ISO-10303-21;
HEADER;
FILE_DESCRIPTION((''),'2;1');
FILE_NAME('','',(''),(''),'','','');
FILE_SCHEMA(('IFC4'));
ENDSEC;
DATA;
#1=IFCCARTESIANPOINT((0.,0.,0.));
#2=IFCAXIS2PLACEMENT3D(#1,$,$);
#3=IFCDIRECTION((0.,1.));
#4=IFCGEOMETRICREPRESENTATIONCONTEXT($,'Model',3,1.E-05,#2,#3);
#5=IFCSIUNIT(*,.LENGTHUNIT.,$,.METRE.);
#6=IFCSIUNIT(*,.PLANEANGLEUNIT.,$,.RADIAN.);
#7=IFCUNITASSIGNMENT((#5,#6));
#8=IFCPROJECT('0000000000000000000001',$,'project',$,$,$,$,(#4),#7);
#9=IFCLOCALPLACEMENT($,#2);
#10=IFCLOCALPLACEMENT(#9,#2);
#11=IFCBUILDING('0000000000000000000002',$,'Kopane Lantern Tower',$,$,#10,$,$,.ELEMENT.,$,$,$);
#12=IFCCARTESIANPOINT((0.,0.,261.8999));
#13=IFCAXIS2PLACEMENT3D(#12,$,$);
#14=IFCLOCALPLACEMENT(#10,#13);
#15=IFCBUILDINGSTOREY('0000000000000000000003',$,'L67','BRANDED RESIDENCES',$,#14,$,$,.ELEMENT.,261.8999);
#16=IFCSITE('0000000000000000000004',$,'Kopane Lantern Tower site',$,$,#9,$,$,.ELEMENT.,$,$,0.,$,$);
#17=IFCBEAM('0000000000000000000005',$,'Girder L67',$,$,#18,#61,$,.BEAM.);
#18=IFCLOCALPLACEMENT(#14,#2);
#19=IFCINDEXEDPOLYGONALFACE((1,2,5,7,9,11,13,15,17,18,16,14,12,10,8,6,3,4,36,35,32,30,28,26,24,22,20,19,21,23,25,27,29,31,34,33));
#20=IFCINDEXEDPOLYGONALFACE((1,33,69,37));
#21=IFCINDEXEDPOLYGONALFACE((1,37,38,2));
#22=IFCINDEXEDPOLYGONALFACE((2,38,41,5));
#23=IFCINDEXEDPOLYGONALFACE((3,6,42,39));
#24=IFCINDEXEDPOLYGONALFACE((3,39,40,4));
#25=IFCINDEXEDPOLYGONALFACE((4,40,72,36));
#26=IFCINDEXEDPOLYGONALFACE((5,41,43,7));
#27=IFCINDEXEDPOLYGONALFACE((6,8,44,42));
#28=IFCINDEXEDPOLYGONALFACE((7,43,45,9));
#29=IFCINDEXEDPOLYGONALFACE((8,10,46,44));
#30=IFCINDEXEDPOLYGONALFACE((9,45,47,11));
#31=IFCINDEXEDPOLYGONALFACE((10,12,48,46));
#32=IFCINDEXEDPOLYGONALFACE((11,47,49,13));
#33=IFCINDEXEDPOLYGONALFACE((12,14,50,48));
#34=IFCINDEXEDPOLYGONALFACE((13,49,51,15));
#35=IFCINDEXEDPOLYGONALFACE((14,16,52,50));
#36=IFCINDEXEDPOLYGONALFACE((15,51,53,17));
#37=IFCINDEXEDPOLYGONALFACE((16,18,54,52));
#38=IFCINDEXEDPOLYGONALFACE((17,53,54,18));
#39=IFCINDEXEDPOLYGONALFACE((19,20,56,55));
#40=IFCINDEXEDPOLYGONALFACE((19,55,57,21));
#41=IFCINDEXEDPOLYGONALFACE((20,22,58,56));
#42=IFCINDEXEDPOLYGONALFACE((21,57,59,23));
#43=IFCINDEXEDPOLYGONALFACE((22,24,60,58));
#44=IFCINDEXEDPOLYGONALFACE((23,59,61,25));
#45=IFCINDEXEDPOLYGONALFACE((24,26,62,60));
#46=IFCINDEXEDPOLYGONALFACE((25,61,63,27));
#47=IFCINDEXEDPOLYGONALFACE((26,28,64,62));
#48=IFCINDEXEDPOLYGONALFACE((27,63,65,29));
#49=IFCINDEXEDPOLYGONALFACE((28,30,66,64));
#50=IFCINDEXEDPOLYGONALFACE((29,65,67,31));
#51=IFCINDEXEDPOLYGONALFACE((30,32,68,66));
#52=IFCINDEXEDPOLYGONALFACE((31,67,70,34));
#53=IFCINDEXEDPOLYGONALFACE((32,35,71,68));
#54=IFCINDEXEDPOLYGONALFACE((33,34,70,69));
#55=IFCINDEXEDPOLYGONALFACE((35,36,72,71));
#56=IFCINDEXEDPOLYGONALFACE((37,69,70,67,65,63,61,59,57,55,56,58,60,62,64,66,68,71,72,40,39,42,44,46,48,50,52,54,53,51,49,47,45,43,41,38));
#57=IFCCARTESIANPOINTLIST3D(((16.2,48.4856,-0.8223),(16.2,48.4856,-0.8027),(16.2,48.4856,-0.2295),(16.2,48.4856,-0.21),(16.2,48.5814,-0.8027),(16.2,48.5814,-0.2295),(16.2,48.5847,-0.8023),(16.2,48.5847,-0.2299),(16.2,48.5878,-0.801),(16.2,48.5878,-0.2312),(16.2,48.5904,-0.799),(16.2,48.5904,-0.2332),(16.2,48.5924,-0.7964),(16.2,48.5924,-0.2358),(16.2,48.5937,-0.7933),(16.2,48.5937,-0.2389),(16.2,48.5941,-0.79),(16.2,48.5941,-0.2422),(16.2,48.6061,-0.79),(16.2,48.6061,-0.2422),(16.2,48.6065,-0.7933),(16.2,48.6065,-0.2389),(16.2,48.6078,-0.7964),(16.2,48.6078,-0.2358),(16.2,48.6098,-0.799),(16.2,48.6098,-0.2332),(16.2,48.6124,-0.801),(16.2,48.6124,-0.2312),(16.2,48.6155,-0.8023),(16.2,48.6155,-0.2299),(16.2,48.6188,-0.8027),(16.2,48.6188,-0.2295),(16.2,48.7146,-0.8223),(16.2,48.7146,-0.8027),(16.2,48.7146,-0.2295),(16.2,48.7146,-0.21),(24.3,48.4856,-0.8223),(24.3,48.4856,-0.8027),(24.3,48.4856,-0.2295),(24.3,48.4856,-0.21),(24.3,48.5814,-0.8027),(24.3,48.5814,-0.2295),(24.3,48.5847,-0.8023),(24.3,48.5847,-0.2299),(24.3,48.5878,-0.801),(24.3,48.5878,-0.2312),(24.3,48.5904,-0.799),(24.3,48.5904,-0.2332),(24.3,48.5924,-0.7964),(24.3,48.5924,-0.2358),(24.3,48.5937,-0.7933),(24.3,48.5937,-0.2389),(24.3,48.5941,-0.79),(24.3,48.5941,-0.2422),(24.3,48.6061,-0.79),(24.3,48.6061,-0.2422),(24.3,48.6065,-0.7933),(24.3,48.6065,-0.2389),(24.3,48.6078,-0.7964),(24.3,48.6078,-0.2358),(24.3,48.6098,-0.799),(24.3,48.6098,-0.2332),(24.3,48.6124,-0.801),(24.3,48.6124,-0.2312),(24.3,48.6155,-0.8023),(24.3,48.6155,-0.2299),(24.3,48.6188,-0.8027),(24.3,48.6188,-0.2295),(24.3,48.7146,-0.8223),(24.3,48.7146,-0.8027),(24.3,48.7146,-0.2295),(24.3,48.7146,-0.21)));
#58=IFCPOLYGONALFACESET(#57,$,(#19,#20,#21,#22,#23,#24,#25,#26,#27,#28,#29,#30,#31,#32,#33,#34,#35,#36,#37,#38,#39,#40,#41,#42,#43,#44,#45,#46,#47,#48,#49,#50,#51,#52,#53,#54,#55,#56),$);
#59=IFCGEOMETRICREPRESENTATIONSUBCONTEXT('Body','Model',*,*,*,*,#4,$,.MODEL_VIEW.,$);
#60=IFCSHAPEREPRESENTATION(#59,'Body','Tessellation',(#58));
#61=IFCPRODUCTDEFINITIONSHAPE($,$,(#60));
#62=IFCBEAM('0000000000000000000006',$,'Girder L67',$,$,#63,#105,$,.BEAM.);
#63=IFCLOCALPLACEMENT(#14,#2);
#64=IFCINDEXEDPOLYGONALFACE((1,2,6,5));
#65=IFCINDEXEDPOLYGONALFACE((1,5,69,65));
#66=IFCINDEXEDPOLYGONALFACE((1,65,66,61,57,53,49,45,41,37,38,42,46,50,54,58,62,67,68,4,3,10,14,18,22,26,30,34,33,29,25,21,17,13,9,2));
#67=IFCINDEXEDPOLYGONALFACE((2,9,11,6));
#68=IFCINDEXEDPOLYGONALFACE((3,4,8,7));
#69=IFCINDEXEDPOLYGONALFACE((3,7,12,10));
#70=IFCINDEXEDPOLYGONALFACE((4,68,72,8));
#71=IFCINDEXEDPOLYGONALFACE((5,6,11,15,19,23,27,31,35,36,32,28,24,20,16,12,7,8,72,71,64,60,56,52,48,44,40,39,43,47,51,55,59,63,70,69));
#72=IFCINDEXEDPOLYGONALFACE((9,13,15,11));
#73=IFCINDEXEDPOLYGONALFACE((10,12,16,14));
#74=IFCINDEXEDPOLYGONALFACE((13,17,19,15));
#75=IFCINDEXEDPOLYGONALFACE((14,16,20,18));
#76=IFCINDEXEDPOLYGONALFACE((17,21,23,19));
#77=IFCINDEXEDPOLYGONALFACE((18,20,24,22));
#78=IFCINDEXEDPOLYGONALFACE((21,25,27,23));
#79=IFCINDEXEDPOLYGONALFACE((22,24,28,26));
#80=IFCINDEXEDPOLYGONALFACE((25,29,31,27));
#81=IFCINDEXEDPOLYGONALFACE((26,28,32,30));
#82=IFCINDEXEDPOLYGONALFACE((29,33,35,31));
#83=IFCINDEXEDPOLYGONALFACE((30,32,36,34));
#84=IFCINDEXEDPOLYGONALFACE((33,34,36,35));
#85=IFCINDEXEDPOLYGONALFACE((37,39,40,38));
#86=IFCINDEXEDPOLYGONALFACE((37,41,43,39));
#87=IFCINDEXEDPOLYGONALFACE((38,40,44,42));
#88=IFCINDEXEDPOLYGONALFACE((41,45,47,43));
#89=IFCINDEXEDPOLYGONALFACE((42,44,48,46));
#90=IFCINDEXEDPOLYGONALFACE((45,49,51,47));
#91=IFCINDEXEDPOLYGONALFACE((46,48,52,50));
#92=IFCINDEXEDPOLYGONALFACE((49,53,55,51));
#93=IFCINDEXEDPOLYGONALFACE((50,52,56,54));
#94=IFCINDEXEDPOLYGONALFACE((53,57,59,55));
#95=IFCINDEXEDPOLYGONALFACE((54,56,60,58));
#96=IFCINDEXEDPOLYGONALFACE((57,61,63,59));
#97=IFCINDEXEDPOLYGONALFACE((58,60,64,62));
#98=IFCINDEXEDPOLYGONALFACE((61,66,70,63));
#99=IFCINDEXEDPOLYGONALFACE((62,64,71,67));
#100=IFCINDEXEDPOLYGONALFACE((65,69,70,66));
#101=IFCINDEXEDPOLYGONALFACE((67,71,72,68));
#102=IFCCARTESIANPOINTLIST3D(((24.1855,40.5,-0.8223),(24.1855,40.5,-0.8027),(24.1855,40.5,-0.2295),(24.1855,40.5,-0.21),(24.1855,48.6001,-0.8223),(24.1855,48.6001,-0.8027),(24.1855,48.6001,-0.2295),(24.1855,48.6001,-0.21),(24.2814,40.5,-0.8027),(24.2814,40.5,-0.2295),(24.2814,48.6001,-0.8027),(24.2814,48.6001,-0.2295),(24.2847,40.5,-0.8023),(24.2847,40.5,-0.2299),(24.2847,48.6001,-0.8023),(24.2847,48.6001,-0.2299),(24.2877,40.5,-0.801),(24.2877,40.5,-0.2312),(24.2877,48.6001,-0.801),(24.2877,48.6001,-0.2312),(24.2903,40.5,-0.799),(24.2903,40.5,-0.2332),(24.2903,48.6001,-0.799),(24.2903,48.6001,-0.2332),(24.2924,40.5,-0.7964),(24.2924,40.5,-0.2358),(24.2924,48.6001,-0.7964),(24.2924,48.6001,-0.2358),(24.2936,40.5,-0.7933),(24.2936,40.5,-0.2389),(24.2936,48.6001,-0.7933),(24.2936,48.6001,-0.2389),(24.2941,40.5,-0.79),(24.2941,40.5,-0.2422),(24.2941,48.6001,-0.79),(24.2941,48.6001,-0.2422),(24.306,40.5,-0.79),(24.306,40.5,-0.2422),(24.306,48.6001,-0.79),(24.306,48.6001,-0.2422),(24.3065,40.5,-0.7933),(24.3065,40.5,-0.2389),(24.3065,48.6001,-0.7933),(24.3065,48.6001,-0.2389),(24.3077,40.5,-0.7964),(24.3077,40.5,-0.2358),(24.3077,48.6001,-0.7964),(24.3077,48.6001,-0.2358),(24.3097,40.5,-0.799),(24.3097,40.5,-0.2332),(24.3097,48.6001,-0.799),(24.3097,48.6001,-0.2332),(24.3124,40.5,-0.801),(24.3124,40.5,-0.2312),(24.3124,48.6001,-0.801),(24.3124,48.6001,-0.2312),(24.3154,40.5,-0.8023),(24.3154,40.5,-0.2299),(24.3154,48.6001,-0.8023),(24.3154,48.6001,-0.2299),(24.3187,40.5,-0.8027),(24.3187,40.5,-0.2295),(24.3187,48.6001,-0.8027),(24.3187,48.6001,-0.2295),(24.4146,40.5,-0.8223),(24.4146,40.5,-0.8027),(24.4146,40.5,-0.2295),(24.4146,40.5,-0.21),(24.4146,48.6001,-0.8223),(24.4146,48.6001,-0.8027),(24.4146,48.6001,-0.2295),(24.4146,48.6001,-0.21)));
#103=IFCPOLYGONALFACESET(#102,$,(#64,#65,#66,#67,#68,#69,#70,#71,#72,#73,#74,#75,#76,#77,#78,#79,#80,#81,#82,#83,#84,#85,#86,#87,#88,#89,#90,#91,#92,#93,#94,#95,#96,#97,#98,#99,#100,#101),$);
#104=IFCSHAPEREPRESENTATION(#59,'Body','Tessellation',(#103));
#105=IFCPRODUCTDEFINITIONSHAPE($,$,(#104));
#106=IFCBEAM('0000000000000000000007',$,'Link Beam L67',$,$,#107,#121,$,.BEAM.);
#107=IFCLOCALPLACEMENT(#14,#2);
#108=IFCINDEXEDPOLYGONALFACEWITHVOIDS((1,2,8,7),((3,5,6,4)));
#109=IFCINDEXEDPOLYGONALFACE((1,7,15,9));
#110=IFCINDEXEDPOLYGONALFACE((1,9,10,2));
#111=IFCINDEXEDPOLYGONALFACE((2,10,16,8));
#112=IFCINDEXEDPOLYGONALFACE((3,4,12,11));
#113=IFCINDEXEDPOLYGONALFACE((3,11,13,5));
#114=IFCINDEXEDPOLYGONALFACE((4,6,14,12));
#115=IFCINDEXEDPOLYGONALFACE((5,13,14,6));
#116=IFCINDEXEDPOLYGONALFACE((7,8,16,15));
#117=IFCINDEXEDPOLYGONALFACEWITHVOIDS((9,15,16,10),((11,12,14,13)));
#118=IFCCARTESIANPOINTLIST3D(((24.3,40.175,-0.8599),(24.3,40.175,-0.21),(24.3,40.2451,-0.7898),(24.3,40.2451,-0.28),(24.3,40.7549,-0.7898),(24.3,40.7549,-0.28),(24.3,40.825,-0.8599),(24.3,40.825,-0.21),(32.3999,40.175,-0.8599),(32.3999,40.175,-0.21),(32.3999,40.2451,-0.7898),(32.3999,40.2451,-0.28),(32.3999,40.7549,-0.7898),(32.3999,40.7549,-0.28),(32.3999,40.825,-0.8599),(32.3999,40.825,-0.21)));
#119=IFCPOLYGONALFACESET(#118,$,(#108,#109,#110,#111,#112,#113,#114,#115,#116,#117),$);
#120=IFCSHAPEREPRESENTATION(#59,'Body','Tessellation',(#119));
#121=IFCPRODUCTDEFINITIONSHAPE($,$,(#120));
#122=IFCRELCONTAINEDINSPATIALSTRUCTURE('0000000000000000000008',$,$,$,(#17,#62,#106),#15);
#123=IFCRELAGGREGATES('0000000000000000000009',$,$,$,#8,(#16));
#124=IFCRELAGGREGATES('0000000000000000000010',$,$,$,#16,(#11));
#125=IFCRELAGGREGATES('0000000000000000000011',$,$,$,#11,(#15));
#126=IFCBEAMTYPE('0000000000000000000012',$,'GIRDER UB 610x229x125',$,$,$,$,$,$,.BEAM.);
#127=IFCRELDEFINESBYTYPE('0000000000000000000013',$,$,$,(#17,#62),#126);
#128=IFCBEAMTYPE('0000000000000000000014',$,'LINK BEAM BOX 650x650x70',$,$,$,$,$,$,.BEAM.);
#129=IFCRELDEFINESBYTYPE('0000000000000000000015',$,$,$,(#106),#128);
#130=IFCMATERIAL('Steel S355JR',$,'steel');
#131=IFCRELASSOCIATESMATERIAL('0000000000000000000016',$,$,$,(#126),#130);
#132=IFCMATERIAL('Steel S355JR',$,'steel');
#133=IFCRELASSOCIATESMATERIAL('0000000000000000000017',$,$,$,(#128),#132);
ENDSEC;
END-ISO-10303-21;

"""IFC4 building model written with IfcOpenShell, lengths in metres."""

from ifc_helpers import new_model, si_unit, direction, frame, origin, origin_2d, place, context, subcontext, project, spatial, hollow_rectangle, i_section, extrude, material, material_profile, profile_set, type_object, element, save


model = new_model("IFC4")

# Units and contexts
model_context = context("Model", 3, precision=1e-05, world=origin(), true_north=direction((0.0, 1.0)))
body_context = subcontext(model_context, "Body", "Model", "MODEL_VIEW")
ifc_project = project(units=[si_unit("LENGTHUNIT", "METRE"), si_unit("PLANEANGLEUNIT", "RADIAN")], contexts=[model_context])

# Site, building, storey
site_placement = place(None, origin())
site = spatial("IfcSite", under=ifc_project, at=site_placement, Name="Kopane Lantern Tower site", CompositionType="ELEMENT", RefElevation=0.0)
building_placement = place(site_placement, origin())
building = spatial("IfcBuilding", under=site, at=building_placement, Name="Kopane Lantern Tower", CompositionType="ELEMENT")
storey_placement = place(building_placement, frame((0.0, 0.0, 261.8999)))
storey = spatial("IfcBuildingStorey", under=building, at=storey_placement, Name="L67", Description="BRANDED RESIDENCES", CompositionType="ELEMENT", Elevation=261.8999)

# Beams
ifc_material_1 = material(Name="Steel S355JR", Category="steel")
ifc_material_profile_1 = material_profile(ifc_material_1, i_section(OverallWidth=0.229, OverallDepth=0.6123, WebThickness=0.012, FlangeThickness=0.0195, FilletRadius=0.0127, at=origin_2d()), Name="UB 610x229x125")
ifc_profile_set_1 = profile_set([ifc_material_profile_1], Name="Steel S355JR")
beam_type_1 = type_object("IfcBeamType", Name="GIRDER UB 610x229x125", PredefinedType="BEAM", material=ifc_profile_set_1)
for number, where, z_axis, x_axis, name in (
    (1, (16.2, 48.6001, -0.5161), (1.0, 0.0, 0.0), (0.0, 1.0, 0.0), "Girder L67"),
    (2, (24.3, 40.5, -0.5161), (0.0, 1.0, 0.0), (-1.0, 0.0, 0.0), "Girder L67"),
):
    element("IfcBeam", number, at=place(storey_placement, frame(where, z_axis=z_axis, x_axis=x_axis)), inside=storey, type_object=beam_type_1, Name=name, PredefinedType="BEAM", context=body_context, shape_type="SweptSolid", body=[
        extrude(i_section(OverallWidth=0.229, OverallDepth=0.6123, WebThickness=0.012, FlangeThickness=0.0195, FilletRadius=0.0127, at=origin_2d()), origin(), (0.0, 0.0, 1.0), 8.1001),
    ])
ifc_material_2 = material(Name="Steel S355JR", Category="steel")
ifc_material_profile_2 = material_profile(ifc_material_2, hollow_rectangle(XDim=0.6499, YDim=0.6499, WallThickness=0.0701, at=origin_2d()), Name="BOX 650x650x70")
ifc_profile_set_2 = profile_set([ifc_material_profile_2], Name="Steel S355JR")
beam_type_2 = type_object("IfcBeamType", Name="LINK BEAM BOX 650x650x70", PredefinedType="BEAM", material=ifc_profile_set_2)
beam_1_placement = place(storey_placement, frame((24.3, 40.5, -0.5349), z_axis=(1.0, 0.0, 0.0), x_axis=(0.0, 1.0, 0.0)))
element("IfcBeam", 3, at=beam_1_placement, inside=storey, type_object=beam_type_2, Name="Link Beam L67", PredefinedType="BEAM", context=body_context, shape_type="SweptSolid", body=[
    extrude(hollow_rectangle(XDim=0.6499, YDim=0.6499, WallThickness=0.0701, at=origin_2d()), origin(), (0.0, 0.0, 1.0), 8.0999),
])

save(model, "model.ifc")
